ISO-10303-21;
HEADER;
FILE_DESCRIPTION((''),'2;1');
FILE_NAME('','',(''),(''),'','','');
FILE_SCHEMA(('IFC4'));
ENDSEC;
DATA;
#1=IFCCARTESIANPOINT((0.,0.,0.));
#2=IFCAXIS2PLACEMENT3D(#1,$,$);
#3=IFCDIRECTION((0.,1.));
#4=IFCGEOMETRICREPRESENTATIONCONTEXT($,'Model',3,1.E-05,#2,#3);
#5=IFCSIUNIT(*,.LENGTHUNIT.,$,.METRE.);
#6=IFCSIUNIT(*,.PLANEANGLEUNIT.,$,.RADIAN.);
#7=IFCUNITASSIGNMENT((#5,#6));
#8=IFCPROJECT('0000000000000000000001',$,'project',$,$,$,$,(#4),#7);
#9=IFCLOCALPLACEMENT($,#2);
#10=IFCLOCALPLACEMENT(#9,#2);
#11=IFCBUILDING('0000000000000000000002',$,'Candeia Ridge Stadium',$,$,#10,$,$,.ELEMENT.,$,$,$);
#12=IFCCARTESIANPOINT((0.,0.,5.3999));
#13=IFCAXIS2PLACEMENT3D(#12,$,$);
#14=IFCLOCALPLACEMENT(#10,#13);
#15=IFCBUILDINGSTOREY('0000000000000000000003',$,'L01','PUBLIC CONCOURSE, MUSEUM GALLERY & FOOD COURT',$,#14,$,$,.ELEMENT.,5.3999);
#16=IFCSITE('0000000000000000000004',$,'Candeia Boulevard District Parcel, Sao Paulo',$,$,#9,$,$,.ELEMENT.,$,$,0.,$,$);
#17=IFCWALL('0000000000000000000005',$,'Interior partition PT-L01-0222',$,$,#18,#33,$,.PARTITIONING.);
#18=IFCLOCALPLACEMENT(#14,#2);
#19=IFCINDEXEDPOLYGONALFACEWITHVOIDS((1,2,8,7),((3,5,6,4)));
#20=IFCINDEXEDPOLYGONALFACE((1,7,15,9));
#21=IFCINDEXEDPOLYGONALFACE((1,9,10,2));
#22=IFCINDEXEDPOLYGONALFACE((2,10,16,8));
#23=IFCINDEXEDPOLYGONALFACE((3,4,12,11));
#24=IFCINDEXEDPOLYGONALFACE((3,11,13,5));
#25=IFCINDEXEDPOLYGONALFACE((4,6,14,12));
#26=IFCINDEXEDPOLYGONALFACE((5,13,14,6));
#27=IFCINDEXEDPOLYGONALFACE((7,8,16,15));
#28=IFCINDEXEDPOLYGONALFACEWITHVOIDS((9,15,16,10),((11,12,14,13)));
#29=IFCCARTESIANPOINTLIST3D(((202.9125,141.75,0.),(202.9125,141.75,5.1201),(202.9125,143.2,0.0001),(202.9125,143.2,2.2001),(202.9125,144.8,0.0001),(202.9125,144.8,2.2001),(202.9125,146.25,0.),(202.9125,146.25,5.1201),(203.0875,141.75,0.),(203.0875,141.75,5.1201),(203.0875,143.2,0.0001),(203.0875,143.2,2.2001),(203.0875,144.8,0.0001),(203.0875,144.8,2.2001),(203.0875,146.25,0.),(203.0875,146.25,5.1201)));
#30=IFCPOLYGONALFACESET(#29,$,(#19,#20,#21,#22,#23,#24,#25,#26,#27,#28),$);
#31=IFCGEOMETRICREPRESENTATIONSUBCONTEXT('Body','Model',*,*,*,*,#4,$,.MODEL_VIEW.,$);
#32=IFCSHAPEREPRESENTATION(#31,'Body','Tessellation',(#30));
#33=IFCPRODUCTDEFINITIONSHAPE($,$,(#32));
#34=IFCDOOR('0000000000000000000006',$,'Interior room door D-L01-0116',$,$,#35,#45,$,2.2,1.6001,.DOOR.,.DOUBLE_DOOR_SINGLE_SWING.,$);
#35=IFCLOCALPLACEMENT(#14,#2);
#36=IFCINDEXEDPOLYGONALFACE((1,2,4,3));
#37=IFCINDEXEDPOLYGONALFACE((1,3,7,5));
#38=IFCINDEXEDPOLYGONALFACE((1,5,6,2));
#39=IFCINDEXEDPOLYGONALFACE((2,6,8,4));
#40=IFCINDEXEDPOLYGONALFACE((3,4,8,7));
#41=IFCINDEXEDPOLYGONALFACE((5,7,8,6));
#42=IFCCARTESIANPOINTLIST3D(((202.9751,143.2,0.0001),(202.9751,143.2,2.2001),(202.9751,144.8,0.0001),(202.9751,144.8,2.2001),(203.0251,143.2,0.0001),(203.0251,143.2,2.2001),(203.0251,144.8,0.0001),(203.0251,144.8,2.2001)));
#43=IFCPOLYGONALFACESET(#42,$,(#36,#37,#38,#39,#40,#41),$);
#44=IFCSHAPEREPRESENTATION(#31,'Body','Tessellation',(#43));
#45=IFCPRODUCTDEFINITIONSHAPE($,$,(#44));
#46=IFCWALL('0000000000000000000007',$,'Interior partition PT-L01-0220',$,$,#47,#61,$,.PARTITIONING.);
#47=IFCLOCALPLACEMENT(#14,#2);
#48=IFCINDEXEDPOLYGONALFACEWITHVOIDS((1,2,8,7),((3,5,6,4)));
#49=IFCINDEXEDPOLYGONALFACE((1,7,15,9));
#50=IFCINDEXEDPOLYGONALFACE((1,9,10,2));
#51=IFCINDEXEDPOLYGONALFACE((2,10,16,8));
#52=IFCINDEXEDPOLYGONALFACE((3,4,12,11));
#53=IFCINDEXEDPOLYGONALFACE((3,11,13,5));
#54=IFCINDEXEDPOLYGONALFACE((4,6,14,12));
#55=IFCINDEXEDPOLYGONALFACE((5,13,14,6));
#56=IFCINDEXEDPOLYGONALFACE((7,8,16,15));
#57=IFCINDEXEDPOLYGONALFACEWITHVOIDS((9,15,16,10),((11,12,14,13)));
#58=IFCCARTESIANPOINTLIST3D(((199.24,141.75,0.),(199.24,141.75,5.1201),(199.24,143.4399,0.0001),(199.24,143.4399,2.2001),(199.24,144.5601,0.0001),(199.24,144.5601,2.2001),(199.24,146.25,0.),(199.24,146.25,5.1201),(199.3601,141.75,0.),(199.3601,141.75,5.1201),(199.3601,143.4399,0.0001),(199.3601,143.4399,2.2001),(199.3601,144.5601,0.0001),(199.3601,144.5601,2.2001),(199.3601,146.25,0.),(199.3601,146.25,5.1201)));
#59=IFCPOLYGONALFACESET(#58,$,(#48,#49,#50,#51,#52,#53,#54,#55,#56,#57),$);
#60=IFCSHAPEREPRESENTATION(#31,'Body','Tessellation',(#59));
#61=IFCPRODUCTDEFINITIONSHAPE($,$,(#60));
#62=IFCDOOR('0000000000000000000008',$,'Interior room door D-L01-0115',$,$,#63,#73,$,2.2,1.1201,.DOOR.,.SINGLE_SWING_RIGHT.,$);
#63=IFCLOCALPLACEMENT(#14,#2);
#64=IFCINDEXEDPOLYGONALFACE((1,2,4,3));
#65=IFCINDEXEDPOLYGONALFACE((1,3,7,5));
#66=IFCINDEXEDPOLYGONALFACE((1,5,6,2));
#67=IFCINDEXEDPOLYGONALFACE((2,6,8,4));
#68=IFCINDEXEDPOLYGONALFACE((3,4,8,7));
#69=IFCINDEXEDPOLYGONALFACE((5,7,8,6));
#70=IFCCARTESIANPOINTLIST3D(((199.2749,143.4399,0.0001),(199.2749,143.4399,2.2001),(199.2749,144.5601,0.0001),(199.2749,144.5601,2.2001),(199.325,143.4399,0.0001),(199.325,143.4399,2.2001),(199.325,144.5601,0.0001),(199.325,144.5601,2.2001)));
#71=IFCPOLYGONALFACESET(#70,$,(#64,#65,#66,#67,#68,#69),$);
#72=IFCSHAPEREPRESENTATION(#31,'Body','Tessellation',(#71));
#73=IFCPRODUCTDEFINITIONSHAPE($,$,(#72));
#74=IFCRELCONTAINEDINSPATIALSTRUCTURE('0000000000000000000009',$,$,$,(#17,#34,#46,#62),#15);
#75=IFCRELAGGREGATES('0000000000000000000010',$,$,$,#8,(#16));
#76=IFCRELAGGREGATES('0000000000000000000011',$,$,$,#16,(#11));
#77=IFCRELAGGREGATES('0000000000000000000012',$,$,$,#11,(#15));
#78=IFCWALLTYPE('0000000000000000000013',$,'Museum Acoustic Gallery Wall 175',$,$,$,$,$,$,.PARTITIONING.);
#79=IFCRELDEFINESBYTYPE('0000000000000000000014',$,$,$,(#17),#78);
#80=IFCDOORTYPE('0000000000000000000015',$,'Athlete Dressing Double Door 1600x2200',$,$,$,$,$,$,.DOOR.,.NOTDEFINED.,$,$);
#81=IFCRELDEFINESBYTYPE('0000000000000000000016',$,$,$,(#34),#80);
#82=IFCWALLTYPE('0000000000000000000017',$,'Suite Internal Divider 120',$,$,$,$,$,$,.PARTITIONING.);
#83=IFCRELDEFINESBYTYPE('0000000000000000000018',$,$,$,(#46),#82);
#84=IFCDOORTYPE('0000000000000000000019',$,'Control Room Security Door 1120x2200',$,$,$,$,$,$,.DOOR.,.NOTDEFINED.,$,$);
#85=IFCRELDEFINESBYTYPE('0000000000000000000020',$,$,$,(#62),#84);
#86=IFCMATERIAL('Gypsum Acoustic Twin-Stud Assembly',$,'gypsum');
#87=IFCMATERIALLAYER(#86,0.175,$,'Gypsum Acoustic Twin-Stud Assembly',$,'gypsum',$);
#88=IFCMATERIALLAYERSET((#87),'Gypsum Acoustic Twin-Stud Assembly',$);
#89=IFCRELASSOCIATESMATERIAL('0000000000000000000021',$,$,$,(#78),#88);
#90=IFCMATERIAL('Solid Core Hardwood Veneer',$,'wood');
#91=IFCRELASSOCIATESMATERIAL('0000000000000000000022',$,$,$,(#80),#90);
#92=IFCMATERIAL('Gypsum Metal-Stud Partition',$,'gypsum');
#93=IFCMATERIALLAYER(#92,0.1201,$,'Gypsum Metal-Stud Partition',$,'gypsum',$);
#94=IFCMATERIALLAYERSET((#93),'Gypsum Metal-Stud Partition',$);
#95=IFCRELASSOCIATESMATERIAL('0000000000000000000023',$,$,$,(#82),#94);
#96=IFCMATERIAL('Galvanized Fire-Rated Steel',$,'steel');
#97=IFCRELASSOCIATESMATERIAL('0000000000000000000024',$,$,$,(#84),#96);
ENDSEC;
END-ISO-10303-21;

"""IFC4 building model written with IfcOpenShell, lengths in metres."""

from ifc_helpers import new_model, si_unit, direction, frame, frame_2d, origin, place, context, subcontext, project, spatial, rectangle, extrude, material, layer, layer_set, type_object, element, fill, save


model = new_model("IFC4")

# Units and contexts
model_context = context("Model", 3, precision=1e-05, world=origin(), true_north=direction((0.0, 1.0)))
body_context = subcontext(model_context, "Body", "Model", "MODEL_VIEW")
ifc_project = project(units=[si_unit("LENGTHUNIT", "METRE"), si_unit("PLANEANGLEUNIT", "RADIAN")], contexts=[model_context])

# Site, building, storey
site_placement = place(None, origin())
site = spatial("IfcSite", under=ifc_project, at=site_placement, Name="Candeia Boulevard District Parcel, Sao Paulo", CompositionType="ELEMENT", RefElevation=0.0)
building_placement = place(site_placement, origin())
building = spatial("IfcBuilding", under=site, at=building_placement, Name="Candeia Ridge Stadium", CompositionType="ELEMENT")
storey_placement = place(building_placement, frame((0.0, 0.0, 5.3999)))
storey = spatial("IfcBuildingStorey", under=building, at=storey_placement, Name="L01", Description="PUBLIC CONCOURSE, MUSEUM GALLERY & FOOD COURT", CompositionType="ELEMENT", Elevation=5.3999)

# Shared definitions
ifc_material_1 = material(Name="Gypsum Metal-Stud Partition", Category="gypsum")

# Shared definitions
ifc_material_2 = material(Name="Gypsum Acoustic Twin-Stud Assembly", Category="gypsum")

# Walls, openings, doors
ifc_layer_1 = layer(ifc_material_2, 0.175, Name="Gypsum Acoustic Twin-Stud Assembly", Category="gypsum")
ifc_layer_set_1 = layer_set([ifc_layer_1], Name="Gypsum Acoustic Twin-Stud Assembly")
wall_type_1 = type_object("IfcWallType", Name="Museum Acoustic Gallery Wall 175", PredefinedType="PARTITIONING", material=ifc_layer_set_1)
wall_1_placement = place(storey_placement, frame((203.0, 141.75, 0.0), z_axis=(0.0, 0.0, 1.0), x_axis=(0.0, 1.0, 0.0)))
wall_1 = element("IfcWall", 1, at=wall_1_placement, inside=storey, type_object=wall_type_1, Name="Interior partition PT-L01-0222", PredefinedType="PARTITIONING", context=body_context, shape_type="SweptSolid", body=[
    extrude(rectangle(XDim=4.5, YDim=0.175, at=frame_2d((2.25, 0.0))), origin(), (0.0, 0.0, 1.0), 5.1201),
])
opening_1_placement = place(wall_1_placement, frame((1.45, 0.0, 0.0)))
opening_1 = element("IfcOpeningElement", 2, at=opening_1_placement, cuts=wall_1, PredefinedType="OPENING", context=body_context, shape_type="SweptSolid", body=[
    extrude(rectangle(XDim=1.6001, YDim=2.2, at=frame_2d((0.8, 1.1001))), frame((0.0, 0.0974, 0.0), z_axis=(0.0, -1.0, 0.0), x_axis=(1.0, 0.0, 0.0)), (0.0, 0.0, 1.0), 0.1951),
])
ifc_material_3 = material(Name="Solid Core Hardwood Veneer", Category="wood")
door_type_1 = type_object("IfcDoorType", Name="Athlete Dressing Double Door 1600x2200", OperationType="NOTDEFINED", PredefinedType="DOOR", material=ifc_material_3)
door_1_placement = place(opening_1_placement, origin())
door_1 = element("IfcDoor", 3, at=door_1_placement, inside=storey, type_object=door_type_1, Name="Interior room door D-L01-0116", OperationType="DOUBLE_DOOR_SINGLE_SWING", OverallHeight=2.2, OverallWidth=1.6001, PredefinedType="DOOR", context=body_context, shape_type="SweptSolid", body=[
    extrude(rectangle(XDim=1.6001, YDim=2.2, at=frame_2d((0.8, 1.1001))), frame((0.0, 0.0249, 0.0), z_axis=(0.0, -1.0, 0.0), x_axis=(1.0, 0.0, 0.0)), (0.0, 0.0, 1.0), 0.05),
])
fill(opening_1, door_1)
ifc_layer_2 = layer(ifc_material_1, 0.1201, Name="Gypsum Metal-Stud Partition", Category="gypsum")
ifc_layer_set_2 = layer_set([ifc_layer_2], Name="Gypsum Metal-Stud Partition")
wall_type_2 = type_object("IfcWallType", Name="Suite Internal Divider 120", PredefinedType="PARTITIONING", material=ifc_layer_set_2)
wall_2_placement = place(storey_placement, frame((199.3, 146.25, 0.0), z_axis=(0.0, 0.0, 1.0), x_axis=(0.0, -1.0, 0.0)))
wall_2 = element("IfcWall", 4, at=wall_2_placement, inside=storey, type_object=wall_type_2, Name="Interior partition PT-L01-0220", PredefinedType="PARTITIONING", context=body_context, shape_type="SweptSolid", body=[
    extrude(rectangle(XDim=4.5, YDim=0.1201, at=frame_2d((2.25, 0.0))), origin(), (0.0, 0.0, 1.0), 5.1201),
])
opening_2_placement = place(wall_2_placement, frame((1.6899, 0.0, 0.0)))
opening_2 = element("IfcOpeningElement", 5, at=opening_2_placement, cuts=wall_2, PredefinedType="OPENING", context=body_context, shape_type="SweptSolid", body=[
    extrude(rectangle(XDim=1.1201, YDim=2.2, at=frame_2d((0.5601, 1.1001))), frame((0.0, 0.0701, 0.0), z_axis=(0.0, -1.0, 0.0), x_axis=(1.0, 0.0, 0.0)), (0.0, 0.0, 1.0), 0.1401),
])
ifc_material_4 = material(Name="Galvanized Fire-Rated Steel", Category="steel")
door_type_2 = type_object("IfcDoorType", Name="Control Room Security Door 1120x2200", OperationType="NOTDEFINED", PredefinedType="DOOR", material=ifc_material_4)
door_2_placement = place(opening_2_placement, origin())
door_2 = element("IfcDoor", 6, at=door_2_placement, inside=storey, type_object=door_type_2, Name="Interior room door D-L01-0115", OperationType="SINGLE_SWING_RIGHT", OverallHeight=2.2, OverallWidth=1.1201, PredefinedType="DOOR", context=body_context, shape_type="SweptSolid", body=[
    extrude(rectangle(XDim=1.1201, YDim=2.2, at=frame_2d((0.5601, 1.1001))), frame((0.0, 0.0249, 0.0), z_axis=(0.0, -1.0, 0.0), x_axis=(1.0, 0.0, 0.0)), (0.0, 0.0, 1.0), 0.05),
])
fill(opening_2, door_2)

save(model, "model.ifc")
